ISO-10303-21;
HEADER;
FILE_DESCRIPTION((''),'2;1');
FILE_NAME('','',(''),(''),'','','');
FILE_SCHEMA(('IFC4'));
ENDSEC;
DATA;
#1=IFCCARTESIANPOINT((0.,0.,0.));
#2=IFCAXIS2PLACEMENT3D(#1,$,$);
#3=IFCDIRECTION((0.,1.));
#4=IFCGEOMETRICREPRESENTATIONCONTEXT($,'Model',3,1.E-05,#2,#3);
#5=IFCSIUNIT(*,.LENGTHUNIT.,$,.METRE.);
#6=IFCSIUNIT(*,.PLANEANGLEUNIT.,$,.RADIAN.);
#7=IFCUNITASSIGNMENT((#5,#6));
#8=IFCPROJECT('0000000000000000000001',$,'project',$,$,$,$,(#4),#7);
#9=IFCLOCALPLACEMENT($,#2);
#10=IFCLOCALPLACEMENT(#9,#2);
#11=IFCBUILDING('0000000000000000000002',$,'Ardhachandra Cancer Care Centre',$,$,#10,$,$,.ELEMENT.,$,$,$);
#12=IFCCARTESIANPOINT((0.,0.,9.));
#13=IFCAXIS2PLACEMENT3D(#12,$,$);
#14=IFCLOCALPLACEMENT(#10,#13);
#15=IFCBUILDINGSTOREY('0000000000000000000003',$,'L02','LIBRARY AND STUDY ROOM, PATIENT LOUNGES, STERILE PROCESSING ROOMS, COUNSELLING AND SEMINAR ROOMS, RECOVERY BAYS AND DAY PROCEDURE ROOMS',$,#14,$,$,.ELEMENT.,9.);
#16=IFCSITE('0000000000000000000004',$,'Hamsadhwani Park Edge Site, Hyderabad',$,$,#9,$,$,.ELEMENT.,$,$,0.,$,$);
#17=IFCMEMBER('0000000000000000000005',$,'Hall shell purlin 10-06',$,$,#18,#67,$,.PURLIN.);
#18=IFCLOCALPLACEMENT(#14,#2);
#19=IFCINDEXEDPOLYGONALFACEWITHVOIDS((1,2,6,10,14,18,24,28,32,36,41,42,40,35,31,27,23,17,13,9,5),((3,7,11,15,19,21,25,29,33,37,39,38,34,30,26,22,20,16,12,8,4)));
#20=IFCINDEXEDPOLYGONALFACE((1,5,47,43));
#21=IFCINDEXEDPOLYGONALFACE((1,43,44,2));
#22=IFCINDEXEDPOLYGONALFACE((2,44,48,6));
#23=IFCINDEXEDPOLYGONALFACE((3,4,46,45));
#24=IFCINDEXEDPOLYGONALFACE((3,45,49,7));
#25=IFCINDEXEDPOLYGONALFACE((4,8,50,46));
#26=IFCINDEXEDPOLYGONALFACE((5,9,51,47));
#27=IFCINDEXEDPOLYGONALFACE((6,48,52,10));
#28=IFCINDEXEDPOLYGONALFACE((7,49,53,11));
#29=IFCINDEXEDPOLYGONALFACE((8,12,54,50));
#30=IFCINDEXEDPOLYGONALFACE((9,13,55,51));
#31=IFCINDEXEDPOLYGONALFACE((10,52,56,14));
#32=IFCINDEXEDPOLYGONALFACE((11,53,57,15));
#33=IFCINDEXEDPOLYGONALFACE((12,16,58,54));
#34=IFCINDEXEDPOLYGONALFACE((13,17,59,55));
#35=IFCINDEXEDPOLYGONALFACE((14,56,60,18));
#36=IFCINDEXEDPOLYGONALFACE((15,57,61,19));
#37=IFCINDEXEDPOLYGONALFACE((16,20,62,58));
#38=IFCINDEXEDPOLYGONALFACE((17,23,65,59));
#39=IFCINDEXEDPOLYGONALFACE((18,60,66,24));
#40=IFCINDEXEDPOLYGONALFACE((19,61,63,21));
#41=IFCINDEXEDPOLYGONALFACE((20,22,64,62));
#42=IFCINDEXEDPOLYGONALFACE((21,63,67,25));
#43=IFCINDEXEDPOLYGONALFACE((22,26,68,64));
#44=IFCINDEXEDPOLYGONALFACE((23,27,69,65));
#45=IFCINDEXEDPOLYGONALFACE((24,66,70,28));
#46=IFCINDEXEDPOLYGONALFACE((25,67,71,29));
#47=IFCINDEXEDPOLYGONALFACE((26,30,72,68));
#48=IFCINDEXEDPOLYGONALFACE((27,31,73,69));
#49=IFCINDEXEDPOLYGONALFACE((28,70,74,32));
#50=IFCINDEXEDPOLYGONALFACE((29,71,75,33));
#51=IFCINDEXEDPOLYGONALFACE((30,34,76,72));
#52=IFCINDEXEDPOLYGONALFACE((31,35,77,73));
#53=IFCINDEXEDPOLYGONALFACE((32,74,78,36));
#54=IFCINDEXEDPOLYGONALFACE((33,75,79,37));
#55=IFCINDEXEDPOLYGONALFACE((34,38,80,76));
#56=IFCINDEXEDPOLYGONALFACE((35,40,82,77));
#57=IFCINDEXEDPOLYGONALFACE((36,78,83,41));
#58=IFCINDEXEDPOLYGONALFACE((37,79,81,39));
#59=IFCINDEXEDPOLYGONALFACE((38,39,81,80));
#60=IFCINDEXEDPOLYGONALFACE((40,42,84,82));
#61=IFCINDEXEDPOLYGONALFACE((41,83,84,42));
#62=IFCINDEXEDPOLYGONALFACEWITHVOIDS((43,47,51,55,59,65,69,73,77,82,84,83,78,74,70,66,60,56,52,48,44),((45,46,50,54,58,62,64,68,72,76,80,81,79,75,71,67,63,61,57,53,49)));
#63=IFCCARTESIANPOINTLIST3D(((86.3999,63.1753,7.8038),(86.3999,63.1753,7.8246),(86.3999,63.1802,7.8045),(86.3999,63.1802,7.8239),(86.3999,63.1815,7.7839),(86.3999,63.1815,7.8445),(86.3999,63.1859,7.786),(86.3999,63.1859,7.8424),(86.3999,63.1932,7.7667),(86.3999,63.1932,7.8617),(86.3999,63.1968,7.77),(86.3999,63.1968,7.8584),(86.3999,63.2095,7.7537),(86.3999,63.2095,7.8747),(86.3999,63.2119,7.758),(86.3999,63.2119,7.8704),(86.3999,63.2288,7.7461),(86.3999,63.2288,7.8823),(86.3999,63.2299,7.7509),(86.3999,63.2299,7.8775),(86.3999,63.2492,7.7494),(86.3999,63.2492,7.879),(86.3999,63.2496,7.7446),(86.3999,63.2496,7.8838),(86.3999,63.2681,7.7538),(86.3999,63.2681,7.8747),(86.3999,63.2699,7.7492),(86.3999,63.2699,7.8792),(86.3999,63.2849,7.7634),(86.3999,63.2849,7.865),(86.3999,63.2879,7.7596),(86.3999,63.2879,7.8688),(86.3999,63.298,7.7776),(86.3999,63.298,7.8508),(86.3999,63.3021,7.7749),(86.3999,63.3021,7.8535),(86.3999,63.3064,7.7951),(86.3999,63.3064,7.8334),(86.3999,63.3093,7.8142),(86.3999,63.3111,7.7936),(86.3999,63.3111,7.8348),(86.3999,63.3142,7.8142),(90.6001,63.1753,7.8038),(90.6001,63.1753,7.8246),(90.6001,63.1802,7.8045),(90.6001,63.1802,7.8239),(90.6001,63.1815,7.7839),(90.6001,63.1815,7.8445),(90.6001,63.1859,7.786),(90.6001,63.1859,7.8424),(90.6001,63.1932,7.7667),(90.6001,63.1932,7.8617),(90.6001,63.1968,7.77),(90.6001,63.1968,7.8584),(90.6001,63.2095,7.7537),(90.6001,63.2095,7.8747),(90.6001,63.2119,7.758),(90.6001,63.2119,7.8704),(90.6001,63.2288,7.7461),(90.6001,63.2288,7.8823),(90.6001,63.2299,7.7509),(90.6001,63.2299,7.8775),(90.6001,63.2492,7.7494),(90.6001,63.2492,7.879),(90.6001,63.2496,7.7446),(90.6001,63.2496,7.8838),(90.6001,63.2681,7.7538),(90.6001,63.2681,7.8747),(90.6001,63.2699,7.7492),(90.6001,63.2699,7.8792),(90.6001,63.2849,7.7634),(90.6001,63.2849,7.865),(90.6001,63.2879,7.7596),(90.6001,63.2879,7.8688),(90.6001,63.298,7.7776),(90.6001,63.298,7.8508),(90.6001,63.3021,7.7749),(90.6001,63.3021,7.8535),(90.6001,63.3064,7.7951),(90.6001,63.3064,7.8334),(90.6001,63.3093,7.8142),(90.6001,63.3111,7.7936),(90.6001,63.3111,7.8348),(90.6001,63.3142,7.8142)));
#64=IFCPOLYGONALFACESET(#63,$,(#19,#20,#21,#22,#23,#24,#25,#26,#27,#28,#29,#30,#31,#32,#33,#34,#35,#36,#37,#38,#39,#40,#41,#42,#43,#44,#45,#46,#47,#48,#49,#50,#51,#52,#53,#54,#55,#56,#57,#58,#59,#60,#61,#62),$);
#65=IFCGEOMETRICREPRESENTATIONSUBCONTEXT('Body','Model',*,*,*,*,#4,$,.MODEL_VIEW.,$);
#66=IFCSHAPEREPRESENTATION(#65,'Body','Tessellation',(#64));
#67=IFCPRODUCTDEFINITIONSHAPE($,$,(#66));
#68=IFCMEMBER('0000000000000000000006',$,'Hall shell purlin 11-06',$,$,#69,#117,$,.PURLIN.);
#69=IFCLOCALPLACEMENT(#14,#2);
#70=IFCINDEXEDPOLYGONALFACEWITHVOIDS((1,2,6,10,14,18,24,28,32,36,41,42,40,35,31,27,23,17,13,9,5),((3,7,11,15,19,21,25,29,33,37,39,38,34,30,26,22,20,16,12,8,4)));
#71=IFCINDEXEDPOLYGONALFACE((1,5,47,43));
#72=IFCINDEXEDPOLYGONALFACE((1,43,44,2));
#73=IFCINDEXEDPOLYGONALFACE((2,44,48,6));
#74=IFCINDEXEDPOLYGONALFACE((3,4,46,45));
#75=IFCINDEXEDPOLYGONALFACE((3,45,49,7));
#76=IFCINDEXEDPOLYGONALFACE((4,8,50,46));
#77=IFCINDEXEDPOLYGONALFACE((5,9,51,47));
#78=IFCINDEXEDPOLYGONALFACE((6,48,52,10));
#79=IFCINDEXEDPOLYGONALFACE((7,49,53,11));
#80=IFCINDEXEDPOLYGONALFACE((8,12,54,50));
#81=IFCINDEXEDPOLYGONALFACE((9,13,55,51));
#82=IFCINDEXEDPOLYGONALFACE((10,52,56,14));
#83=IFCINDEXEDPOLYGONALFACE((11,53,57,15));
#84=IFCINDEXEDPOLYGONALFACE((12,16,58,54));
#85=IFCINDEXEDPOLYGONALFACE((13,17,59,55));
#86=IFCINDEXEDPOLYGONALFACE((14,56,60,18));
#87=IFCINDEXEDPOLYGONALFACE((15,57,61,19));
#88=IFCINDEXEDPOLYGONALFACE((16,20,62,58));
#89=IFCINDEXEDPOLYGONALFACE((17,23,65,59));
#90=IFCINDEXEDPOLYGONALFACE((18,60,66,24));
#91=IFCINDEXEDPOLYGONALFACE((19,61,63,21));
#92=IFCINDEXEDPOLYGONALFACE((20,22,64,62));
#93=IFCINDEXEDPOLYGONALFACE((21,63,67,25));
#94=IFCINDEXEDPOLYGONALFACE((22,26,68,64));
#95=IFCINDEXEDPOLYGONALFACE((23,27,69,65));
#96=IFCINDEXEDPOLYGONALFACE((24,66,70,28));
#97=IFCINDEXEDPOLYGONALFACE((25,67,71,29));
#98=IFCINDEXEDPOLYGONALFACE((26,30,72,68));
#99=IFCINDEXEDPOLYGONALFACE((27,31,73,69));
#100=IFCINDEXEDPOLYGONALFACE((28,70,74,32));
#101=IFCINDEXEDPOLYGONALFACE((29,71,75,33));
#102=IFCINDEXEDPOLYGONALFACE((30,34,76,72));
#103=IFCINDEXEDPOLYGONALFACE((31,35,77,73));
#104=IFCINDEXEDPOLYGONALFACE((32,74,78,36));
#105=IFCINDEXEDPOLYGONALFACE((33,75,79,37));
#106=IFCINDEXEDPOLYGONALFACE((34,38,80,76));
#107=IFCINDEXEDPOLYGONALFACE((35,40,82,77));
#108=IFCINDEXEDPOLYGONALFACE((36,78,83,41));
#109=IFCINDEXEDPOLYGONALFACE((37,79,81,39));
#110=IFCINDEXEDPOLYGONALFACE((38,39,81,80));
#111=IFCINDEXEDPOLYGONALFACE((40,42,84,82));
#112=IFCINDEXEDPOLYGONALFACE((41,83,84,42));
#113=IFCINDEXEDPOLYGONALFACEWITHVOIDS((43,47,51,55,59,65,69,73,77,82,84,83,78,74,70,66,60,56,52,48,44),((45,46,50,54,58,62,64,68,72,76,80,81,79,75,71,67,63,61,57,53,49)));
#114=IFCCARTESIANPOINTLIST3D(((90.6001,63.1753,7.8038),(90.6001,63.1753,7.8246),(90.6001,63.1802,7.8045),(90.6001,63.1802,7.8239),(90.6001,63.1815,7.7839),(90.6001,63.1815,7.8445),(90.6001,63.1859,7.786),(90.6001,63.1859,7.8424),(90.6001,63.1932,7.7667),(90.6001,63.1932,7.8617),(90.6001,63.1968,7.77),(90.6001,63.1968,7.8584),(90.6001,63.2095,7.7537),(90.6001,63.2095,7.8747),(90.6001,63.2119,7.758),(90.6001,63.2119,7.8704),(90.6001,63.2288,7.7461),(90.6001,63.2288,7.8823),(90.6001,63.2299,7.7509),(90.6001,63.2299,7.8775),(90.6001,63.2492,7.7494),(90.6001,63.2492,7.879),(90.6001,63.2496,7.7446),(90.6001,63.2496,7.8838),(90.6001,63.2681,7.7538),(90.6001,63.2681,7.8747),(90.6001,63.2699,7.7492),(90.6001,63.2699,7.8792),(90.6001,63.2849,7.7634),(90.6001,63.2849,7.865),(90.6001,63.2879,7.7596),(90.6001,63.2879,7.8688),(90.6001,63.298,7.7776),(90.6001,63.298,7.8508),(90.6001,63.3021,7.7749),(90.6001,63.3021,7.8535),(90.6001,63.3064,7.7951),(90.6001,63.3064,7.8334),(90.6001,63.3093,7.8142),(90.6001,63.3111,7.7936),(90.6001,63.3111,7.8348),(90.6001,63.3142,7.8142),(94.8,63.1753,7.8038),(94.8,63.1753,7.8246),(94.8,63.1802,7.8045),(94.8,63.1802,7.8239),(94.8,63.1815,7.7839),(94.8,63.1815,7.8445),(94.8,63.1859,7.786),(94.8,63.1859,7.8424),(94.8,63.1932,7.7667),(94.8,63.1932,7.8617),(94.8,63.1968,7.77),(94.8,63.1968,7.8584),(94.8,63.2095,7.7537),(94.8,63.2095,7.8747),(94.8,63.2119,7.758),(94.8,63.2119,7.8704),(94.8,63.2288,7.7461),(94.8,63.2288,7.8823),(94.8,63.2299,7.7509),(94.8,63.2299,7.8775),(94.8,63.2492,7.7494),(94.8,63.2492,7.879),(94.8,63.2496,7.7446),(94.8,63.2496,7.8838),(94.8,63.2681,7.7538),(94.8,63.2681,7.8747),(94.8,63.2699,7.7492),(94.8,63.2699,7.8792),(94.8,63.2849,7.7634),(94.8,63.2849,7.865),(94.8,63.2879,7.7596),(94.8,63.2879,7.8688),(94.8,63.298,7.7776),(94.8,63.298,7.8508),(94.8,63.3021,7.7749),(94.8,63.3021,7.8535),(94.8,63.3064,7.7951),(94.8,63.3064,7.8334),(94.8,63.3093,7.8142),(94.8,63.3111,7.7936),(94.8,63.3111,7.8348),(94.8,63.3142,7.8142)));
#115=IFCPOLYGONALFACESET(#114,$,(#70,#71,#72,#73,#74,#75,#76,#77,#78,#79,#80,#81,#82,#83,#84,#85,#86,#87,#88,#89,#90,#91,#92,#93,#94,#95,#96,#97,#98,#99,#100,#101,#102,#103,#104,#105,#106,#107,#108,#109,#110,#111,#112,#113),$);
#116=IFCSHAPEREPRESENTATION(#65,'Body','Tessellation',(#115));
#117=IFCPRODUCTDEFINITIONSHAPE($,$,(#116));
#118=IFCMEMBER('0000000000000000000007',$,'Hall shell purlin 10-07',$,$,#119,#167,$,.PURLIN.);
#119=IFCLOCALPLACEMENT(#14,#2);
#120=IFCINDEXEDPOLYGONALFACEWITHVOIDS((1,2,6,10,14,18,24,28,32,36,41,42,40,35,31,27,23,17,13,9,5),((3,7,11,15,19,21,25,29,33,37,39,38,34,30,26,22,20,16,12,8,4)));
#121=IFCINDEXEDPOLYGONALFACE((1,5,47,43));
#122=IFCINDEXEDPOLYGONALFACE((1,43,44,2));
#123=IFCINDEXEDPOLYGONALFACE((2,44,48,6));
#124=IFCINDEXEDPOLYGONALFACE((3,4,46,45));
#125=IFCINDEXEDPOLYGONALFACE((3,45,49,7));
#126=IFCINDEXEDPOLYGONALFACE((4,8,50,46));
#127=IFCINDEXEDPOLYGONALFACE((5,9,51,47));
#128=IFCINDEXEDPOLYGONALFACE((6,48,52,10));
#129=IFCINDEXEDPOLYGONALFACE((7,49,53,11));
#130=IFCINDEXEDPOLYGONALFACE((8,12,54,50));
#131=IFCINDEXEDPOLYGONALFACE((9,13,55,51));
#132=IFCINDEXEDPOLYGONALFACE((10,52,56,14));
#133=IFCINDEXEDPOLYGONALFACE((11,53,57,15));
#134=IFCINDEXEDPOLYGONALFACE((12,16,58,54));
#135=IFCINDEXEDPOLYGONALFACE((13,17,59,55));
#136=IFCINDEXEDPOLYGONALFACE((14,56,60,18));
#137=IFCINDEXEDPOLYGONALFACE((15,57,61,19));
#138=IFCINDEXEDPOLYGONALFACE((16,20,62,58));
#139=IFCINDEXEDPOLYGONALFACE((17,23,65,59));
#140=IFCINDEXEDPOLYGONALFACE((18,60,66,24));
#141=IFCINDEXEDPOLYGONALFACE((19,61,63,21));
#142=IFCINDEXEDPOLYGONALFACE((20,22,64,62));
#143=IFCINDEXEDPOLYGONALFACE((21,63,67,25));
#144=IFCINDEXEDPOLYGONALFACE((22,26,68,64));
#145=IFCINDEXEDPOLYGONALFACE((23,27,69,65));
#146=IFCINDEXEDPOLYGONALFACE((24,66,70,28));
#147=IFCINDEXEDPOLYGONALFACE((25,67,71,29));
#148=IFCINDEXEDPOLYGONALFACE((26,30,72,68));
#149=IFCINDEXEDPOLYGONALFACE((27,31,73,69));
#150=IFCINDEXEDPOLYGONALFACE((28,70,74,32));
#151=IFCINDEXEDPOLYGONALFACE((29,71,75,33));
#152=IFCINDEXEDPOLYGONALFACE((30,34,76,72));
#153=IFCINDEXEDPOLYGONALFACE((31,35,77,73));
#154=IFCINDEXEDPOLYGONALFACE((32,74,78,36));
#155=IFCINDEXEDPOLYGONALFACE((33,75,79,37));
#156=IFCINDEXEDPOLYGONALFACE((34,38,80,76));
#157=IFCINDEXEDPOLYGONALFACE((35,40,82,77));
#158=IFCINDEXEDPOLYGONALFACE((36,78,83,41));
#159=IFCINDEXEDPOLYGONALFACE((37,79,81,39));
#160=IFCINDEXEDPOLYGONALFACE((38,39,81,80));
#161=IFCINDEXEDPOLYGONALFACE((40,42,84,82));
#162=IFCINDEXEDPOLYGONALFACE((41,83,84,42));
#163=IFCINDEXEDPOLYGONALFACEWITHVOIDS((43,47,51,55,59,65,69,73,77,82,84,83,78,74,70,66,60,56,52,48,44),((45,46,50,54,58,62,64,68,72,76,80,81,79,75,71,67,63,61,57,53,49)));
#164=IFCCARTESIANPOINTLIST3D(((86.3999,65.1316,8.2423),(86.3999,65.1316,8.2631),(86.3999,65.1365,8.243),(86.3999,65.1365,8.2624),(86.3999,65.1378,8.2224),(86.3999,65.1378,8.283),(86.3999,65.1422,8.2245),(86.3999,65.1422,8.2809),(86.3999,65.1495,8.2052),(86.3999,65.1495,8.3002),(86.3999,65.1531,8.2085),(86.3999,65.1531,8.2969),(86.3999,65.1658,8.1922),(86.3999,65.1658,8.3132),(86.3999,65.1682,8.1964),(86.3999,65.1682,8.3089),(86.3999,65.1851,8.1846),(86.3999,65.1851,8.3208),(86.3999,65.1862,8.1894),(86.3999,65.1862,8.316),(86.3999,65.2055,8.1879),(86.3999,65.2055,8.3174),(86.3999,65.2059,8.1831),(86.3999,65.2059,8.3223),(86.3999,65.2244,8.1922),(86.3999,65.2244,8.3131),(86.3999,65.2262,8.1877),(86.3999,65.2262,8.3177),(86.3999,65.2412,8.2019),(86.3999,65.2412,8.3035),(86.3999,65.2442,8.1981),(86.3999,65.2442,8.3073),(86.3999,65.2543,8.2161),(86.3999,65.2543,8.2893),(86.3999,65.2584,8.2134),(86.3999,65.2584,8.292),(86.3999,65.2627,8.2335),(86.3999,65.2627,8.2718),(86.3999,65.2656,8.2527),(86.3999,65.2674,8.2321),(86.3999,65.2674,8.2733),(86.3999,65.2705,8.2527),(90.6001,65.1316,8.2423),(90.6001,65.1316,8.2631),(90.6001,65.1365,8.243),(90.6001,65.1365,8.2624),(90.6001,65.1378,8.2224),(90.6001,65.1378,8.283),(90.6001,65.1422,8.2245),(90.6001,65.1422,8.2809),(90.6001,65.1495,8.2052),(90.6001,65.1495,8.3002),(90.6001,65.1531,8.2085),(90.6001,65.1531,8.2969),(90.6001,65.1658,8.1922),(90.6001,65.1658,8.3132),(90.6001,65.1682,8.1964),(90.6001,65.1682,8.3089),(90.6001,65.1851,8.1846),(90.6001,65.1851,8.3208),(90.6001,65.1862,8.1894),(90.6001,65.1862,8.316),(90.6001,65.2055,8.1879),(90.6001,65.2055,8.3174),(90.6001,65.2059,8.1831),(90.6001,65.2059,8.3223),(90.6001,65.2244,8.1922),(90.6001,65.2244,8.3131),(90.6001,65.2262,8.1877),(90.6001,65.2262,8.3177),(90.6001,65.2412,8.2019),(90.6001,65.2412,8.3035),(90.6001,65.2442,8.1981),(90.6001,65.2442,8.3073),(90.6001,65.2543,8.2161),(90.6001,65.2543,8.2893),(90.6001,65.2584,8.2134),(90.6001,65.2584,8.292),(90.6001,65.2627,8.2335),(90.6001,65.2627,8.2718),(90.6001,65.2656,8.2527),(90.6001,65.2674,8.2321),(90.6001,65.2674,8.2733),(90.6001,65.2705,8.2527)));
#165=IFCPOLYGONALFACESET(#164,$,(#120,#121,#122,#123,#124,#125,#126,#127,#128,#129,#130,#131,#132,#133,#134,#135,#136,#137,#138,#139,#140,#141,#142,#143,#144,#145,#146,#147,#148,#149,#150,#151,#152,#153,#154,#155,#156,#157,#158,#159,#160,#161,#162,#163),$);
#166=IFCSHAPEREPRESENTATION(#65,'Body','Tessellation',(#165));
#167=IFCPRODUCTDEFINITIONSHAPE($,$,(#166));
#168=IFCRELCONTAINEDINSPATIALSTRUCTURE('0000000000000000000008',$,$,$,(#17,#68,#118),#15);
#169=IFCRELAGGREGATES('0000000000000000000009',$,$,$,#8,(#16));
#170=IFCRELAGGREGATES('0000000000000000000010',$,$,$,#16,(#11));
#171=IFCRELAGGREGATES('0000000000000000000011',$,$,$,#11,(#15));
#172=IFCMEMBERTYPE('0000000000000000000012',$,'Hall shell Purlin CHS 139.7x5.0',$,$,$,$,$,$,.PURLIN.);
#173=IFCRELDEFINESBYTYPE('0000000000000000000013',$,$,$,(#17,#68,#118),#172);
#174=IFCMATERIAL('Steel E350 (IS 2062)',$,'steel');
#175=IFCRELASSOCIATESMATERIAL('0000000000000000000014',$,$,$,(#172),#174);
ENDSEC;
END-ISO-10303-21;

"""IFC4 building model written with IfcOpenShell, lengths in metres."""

from ifc_helpers import new_model, si_unit, direction, frame, origin, origin_2d, place, context, subcontext, project, spatial, hollow_circle, extrude, material, material_profile, profile_set, type_object, element, save


model = new_model("IFC4")

# Units and contexts
model_context = context("Model", 3, precision=1e-05, world=origin(), true_north=direction((0.0, 1.0)))
body_context = subcontext(model_context, "Body", "Model", "MODEL_VIEW")
ifc_project = project(units=[si_unit("LENGTHUNIT", "METRE"), si_unit("PLANEANGLEUNIT", "RADIAN")], contexts=[model_context])

# Site, building, storey
site_placement = place(None, origin())
site = spatial("IfcSite", under=ifc_project, at=site_placement, Name="Hamsadhwani Park Edge Site, Hyderabad", CompositionType="ELEMENT", RefElevation=0.0)
building_placement = place(site_placement, origin())
building = spatial("IfcBuilding", under=site, at=building_placement, Name="Ardhachandra Cancer Care Centre", CompositionType="ELEMENT")
storey_placement = place(building_placement, frame((0.0, 0.0, 9.0)))
storey = spatial("IfcBuildingStorey", under=building, at=storey_placement, Name="L02", Description="LIBRARY AND STUDY ROOM, PATIENT LOUNGES, STERILE PROCESSING ROOMS, COUNSELLING AND SEMINAR ROOMS, RECOVERY BAYS AND DAY PROCEDURE ROOMS", CompositionType="ELEMENT", Elevation=9.0)

# Members
ifc_material_1 = material(Name="Steel E350 (IS 2062)", Category="steel")
ifc_material_profile_1 = material_profile(ifc_material_1, hollow_circle(Radius=0.0698, WallThickness=0.0049, at=origin_2d()), Name="CHS 139.7x5.0")
ifc_profile_set_1 = profile_set([ifc_material_profile_1], Name="Steel E350 (IS 2062)")
member_type_1 = type_object("IfcMemberType", Name="Hall shell Purlin CHS 139.7x5.0", PredefinedType="PURLIN", material=ifc_profile_set_1)
member_1_placement = place(storey_placement, frame((86.3999, 63.2444, 7.8142), z_axis=(1.0, 0.0, 0.0), x_axis=(0.0, 1.0, 0.0)))
element("IfcMember", 1, at=member_1_placement, inside=storey, type_object=member_type_1, Name="Hall shell purlin 10-06", PredefinedType="PURLIN", context=body_context, shape_type="SweptSolid", body=[
    extrude(hollow_circle(Radius=0.0698, WallThickness=0.0049, at=origin_2d()), origin(), (0.0, 0.0, 1.0), 4.2002),
])
member_2_placement = place(storey_placement, frame((90.6001, 63.2444, 7.8142), z_axis=(1.0, 0.0, 0.0), x_axis=(0.0, 1.0, 0.0)))
element("IfcMember", 2, at=member_2_placement, inside=storey, type_object=member_type_1, Name="Hall shell purlin 11-06", PredefinedType="PURLIN", context=body_context, shape_type="SweptSolid", body=[
    extrude(hollow_circle(Radius=0.0698, WallThickness=0.0049, at=origin_2d()), origin(), (0.0, 0.0, 1.0), 4.2),
])
member_3_placement = place(storey_placement, frame((86.3999, 65.2007, 8.2527), z_axis=(1.0, 0.0, 0.0), x_axis=(0.0, 1.0, 0.0)))
element("IfcMember", 3, at=member_3_placement, inside=storey, type_object=member_type_1, Name="Hall shell purlin 10-07", PredefinedType="PURLIN", context=body_context, shape_type="SweptSolid", body=[
    extrude(hollow_circle(Radius=0.0698, WallThickness=0.0049, at=origin_2d()), origin(), (0.0, 0.0, 1.0), 4.2002),
])

save(model, "model.ifc")
